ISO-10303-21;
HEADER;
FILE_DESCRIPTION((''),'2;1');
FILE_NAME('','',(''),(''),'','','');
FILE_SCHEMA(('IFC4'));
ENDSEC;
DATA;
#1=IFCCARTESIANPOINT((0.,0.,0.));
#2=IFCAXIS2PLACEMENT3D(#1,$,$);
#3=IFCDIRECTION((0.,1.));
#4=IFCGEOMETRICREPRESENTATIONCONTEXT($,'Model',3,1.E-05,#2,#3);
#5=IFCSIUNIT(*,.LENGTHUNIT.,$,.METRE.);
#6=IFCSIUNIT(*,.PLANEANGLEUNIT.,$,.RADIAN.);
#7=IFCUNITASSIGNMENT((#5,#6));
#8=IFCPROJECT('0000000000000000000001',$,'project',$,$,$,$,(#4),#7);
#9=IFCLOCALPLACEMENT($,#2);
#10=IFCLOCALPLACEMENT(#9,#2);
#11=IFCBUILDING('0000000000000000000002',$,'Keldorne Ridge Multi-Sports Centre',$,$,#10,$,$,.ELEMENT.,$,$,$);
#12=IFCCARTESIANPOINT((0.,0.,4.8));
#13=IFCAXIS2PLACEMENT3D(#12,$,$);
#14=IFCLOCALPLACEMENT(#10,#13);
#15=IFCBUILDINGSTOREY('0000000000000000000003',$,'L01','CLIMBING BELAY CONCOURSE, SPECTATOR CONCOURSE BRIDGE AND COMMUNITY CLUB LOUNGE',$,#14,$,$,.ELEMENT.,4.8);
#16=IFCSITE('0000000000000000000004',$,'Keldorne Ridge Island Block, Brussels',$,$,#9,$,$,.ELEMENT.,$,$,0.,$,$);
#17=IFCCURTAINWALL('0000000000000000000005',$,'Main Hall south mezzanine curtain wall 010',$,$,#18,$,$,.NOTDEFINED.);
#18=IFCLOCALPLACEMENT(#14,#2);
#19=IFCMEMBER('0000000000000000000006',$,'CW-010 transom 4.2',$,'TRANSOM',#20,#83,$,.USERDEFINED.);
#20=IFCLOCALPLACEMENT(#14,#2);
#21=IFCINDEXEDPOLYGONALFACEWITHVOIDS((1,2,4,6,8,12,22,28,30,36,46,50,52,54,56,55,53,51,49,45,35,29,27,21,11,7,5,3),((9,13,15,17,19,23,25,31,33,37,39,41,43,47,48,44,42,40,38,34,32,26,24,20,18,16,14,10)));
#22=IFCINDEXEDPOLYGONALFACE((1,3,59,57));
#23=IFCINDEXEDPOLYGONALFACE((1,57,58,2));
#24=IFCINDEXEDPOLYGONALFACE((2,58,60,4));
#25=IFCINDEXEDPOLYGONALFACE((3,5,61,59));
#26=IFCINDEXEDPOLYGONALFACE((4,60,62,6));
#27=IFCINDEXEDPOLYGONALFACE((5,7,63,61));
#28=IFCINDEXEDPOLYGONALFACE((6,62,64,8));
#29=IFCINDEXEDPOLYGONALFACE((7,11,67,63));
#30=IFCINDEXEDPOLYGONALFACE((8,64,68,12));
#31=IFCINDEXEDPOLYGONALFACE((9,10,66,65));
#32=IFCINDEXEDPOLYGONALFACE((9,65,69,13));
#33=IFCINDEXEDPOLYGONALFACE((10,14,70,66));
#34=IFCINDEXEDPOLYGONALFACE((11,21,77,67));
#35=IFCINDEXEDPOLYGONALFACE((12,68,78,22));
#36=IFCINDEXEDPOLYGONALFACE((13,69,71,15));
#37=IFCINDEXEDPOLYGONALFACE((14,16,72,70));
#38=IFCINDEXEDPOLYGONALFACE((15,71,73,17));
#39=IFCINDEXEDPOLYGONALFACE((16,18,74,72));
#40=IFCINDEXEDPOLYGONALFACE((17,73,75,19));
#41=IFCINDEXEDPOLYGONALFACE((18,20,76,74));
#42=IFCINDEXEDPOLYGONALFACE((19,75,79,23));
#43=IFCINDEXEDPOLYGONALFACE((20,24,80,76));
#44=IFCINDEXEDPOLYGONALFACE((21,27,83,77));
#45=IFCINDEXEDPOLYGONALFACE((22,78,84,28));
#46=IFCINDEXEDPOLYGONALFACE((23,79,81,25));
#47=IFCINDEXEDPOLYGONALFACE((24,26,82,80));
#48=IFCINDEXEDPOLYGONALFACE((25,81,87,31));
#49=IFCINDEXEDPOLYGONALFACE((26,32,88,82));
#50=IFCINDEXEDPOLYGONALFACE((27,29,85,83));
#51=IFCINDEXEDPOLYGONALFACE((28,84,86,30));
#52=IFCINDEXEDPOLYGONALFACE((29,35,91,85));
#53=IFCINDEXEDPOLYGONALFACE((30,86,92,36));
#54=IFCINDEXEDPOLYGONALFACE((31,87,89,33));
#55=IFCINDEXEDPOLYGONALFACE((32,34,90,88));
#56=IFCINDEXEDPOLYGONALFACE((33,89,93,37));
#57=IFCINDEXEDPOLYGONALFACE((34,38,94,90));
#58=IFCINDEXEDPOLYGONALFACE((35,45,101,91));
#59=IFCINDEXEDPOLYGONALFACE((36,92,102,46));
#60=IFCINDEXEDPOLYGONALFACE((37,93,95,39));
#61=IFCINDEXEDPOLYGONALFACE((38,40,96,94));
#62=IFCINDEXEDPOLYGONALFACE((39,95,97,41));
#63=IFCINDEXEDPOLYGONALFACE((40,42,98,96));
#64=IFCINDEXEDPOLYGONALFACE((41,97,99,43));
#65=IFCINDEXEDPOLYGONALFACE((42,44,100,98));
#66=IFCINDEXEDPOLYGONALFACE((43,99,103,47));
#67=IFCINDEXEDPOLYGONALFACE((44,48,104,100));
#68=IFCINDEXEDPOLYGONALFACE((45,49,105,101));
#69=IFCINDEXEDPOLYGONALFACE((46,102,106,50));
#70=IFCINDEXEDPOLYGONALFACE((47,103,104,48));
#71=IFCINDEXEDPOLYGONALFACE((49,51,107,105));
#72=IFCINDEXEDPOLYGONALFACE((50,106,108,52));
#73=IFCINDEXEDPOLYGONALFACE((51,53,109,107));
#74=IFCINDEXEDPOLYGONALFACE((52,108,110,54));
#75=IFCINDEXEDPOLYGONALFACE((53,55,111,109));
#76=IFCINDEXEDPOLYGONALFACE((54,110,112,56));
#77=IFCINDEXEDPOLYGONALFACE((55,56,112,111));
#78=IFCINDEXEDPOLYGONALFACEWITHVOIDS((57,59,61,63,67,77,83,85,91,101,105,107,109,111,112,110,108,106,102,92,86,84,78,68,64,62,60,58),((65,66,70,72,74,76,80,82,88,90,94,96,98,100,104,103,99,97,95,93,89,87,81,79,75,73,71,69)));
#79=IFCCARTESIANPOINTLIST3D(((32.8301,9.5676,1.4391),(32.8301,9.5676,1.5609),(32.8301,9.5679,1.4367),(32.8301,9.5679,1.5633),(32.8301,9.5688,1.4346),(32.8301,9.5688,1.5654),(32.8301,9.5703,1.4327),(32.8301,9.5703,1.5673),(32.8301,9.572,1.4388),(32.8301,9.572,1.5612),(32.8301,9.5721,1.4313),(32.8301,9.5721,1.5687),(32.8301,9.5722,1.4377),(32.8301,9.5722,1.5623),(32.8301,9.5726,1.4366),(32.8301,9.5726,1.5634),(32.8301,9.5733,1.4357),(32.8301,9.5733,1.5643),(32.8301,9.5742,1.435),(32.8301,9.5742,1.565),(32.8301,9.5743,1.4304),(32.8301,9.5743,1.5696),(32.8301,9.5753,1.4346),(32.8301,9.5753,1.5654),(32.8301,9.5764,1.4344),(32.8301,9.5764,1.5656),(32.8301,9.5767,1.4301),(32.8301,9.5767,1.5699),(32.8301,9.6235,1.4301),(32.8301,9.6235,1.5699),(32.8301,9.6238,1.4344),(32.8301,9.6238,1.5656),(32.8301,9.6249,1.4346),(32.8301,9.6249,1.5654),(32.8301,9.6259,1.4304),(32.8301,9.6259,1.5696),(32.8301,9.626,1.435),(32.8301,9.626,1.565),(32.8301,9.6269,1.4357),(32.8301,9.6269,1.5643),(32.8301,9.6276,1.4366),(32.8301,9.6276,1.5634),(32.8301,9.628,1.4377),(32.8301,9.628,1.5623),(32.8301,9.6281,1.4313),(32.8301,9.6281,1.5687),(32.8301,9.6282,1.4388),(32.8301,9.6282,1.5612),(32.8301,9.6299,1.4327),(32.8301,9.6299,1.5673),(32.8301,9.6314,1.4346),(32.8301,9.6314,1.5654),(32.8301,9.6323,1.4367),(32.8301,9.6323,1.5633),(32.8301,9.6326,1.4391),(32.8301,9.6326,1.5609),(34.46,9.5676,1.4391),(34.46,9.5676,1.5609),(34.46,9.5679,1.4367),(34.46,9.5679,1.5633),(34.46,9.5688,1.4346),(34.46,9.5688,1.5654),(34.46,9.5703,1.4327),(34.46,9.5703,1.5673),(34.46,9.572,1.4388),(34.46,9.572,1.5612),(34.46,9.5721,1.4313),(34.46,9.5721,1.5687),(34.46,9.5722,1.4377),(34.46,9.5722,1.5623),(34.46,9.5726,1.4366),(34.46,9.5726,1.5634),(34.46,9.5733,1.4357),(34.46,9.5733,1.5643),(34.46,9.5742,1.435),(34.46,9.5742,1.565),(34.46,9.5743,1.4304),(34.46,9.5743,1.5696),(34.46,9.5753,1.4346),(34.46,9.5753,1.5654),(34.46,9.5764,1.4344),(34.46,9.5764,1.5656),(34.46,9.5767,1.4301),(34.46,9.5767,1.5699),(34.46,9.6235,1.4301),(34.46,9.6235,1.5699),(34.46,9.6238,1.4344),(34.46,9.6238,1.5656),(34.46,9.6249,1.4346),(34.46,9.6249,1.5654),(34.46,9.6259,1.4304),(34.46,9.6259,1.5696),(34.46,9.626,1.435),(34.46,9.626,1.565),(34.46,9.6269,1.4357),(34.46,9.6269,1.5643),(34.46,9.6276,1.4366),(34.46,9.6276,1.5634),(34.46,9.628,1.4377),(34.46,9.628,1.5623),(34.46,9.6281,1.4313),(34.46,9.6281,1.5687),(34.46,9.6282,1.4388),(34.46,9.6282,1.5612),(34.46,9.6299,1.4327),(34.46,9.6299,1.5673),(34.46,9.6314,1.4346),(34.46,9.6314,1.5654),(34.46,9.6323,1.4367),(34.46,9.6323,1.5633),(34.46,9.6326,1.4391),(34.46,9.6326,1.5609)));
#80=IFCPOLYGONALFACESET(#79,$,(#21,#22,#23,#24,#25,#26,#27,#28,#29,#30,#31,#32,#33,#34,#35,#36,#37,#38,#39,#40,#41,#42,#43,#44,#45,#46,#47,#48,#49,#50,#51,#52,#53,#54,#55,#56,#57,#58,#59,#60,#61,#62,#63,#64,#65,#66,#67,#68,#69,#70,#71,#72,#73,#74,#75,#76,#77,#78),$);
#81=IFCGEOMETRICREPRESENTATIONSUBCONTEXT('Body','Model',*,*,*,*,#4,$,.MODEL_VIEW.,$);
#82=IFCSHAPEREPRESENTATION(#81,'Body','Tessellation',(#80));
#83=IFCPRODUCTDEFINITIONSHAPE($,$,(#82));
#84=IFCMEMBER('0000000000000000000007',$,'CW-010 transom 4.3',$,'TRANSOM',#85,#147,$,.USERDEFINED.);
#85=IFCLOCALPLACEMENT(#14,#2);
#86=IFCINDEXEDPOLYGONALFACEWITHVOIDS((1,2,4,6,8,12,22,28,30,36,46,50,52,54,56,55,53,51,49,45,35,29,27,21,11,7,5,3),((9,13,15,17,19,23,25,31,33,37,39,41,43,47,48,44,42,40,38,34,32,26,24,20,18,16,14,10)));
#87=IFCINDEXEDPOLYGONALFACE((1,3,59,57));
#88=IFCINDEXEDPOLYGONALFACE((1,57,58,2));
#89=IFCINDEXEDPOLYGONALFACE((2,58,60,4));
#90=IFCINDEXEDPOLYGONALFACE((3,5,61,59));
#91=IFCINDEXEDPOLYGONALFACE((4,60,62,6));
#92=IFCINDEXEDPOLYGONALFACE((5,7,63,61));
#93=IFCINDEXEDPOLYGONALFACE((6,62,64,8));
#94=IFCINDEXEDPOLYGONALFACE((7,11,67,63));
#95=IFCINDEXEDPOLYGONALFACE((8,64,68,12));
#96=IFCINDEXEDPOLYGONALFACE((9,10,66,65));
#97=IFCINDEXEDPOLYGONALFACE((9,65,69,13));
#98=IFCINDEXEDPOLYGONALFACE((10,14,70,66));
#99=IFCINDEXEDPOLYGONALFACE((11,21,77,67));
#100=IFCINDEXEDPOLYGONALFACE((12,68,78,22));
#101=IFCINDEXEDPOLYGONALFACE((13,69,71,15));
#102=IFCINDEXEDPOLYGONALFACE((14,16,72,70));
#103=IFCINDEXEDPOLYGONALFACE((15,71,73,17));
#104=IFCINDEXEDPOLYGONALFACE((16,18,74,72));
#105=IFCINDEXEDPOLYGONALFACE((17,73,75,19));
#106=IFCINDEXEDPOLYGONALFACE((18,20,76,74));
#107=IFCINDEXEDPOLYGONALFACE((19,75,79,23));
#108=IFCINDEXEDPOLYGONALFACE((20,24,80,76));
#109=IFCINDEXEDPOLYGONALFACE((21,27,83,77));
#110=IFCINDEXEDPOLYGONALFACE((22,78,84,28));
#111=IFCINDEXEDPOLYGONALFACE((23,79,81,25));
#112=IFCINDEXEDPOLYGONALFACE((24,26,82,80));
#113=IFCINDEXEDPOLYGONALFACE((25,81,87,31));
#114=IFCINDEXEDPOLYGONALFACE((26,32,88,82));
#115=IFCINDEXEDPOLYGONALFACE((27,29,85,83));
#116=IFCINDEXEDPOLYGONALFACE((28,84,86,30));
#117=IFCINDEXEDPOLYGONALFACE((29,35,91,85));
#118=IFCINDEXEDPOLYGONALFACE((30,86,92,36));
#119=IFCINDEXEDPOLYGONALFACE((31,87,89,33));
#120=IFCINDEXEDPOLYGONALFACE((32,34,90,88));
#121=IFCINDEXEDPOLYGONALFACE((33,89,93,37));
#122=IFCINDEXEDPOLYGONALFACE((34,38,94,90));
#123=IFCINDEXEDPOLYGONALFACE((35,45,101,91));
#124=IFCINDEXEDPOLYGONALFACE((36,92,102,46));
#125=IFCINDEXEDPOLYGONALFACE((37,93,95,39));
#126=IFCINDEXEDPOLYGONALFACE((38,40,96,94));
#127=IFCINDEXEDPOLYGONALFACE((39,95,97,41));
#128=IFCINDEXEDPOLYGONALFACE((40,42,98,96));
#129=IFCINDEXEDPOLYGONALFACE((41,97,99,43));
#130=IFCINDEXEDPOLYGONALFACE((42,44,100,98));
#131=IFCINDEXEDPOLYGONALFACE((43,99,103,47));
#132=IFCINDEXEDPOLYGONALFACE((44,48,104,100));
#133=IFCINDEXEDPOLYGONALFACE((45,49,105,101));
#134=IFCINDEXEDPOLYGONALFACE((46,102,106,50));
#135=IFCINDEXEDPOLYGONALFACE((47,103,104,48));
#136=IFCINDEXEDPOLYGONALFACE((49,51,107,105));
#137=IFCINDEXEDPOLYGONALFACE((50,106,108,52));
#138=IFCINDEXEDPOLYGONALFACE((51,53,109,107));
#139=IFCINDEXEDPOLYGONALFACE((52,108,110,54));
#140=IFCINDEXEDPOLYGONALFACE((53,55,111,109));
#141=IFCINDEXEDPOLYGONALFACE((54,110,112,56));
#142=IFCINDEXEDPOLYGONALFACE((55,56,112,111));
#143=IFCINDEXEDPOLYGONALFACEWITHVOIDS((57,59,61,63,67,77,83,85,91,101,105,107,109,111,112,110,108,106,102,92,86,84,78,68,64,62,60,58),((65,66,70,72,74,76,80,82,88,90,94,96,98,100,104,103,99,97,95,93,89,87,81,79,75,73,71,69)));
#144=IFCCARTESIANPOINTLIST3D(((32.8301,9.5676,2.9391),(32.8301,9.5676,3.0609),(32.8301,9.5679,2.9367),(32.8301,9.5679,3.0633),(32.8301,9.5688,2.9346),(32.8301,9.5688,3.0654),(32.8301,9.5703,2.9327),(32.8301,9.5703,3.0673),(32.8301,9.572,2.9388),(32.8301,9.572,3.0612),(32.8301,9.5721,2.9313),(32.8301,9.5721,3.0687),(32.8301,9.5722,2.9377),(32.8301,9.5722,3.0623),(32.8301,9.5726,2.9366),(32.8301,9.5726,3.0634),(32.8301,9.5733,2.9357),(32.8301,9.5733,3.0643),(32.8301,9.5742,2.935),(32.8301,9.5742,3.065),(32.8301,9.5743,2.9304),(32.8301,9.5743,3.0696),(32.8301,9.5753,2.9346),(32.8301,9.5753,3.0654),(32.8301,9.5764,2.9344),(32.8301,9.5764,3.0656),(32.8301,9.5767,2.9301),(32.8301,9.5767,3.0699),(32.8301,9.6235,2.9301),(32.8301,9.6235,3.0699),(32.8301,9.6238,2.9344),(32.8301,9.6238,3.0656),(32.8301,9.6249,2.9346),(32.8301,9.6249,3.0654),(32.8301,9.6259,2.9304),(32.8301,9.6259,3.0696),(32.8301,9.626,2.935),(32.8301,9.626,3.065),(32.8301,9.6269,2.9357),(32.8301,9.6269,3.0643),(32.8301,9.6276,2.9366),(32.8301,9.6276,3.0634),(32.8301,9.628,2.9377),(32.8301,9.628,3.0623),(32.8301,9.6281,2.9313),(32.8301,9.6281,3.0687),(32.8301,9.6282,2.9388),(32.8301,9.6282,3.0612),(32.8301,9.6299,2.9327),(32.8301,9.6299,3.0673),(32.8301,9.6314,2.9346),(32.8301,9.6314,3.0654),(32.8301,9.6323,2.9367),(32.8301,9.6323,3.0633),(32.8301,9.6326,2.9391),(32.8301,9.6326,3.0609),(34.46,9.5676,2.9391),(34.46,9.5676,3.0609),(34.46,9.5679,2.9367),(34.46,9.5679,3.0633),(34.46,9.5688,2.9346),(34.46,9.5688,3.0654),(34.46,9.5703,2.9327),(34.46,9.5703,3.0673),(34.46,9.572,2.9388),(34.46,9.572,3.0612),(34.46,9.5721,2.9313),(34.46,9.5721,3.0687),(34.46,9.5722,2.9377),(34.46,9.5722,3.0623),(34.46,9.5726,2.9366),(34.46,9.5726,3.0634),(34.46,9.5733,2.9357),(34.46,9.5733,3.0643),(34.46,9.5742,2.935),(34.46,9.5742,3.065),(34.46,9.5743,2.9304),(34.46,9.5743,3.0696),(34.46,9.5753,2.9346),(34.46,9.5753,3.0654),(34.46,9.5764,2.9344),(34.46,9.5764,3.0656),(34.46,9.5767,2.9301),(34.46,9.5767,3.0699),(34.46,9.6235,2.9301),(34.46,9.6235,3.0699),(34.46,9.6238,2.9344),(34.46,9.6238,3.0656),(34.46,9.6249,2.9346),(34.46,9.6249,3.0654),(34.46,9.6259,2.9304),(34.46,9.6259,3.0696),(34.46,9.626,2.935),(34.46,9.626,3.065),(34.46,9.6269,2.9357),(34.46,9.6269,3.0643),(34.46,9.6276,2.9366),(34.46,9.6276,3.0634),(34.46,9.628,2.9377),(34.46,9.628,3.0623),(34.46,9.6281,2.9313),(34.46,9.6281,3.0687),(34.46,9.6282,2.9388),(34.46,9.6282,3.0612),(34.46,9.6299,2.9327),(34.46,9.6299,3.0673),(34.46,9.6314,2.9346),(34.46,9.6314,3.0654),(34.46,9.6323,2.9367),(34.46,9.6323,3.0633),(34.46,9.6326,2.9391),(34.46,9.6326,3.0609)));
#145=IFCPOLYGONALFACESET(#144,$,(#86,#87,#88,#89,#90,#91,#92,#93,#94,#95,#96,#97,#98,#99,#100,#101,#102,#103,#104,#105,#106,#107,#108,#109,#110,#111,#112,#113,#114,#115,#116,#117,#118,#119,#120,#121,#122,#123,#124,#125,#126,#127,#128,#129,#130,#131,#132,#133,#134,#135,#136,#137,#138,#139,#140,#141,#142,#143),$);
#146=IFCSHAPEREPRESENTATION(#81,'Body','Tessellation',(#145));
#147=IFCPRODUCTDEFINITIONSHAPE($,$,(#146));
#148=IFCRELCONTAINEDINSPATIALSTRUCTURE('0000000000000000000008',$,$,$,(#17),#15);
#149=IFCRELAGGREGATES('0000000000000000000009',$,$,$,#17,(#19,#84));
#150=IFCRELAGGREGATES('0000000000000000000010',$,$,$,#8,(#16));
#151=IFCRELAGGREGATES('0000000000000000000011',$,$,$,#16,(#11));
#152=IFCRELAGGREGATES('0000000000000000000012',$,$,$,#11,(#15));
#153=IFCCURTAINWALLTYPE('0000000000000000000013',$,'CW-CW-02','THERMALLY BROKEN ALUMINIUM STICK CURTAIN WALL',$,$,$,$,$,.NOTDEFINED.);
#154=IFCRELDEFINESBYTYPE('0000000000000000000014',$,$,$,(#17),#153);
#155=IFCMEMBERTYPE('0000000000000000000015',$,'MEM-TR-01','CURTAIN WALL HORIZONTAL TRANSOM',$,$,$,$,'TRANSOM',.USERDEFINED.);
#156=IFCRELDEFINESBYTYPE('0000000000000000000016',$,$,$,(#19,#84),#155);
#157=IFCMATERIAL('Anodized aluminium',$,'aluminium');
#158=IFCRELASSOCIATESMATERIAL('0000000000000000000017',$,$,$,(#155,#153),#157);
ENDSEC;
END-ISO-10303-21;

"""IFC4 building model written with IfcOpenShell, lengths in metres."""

from ifc_helpers import new_model, si_unit, direction, frame, origin, origin_2d, place, context, subcontext, project, spatial, hollow_rectangle, extrude, material, material_profile, profile_set, type_object, element, aggregate, save


model = new_model("IFC4")

# Units and contexts
model_context = context("Model", 3, precision=1e-05, world=origin(), true_north=direction((0.0, 1.0)))
body_context = subcontext(model_context, "Body", "Model", "MODEL_VIEW")
ifc_project = project(units=[si_unit("LENGTHUNIT", "METRE"), si_unit("PLANEANGLEUNIT", "RADIAN")], contexts=[model_context])

# Site, building, storey
site_placement = place(None, origin())
site = spatial("IfcSite", under=ifc_project, at=site_placement, Name="Keldorne Ridge Island Block, Brussels", CompositionType="ELEMENT", RefElevation=0.0)
building_placement = place(site_placement, origin())
building = spatial("IfcBuilding", under=site, at=building_placement, Name="Keldorne Ridge Multi-Sports Centre", CompositionType="ELEMENT")
storey_placement = place(building_placement, frame((0.0, 0.0, 4.8)))
storey = spatial("IfcBuildingStorey", under=building, at=storey_placement, Name="L01", Description="CLIMBING BELAY CONCOURSE, SPECTATOR CONCOURSE BRIDGE AND COMMUNITY CLUB LOUNGE", CompositionType="ELEMENT", Elevation=4.8)

# Curtain wall, members
ifc_material_1 = material(Name="Anodized aluminium", Category="aluminium")
ifc_material_profile_1 = material_profile(ifc_material_1, hollow_rectangle(XDim=0.0649, YDim=0.1399, WallThickness=0.0044, InnerFilletRadius=0.0044, OuterFilletRadius=0.009, at=origin_2d()), Name="ALU TRANSOM 140x65x4.5")
ifc_profile_set_1 = profile_set([ifc_material_profile_1], Name="Anodized aluminium")
member_type = type_object("IfcMemberType", Name="MEM-TR-01", Description="CURTAIN WALL HORIZONTAL TRANSOM", ElementType="TRANSOM", PredefinedType="USERDEFINED", material=ifc_profile_set_1)
curtain_wall_type_1 = type_object("IfcCurtainWallType", Name="CW-CW-02", Description="THERMALLY BROKEN ALUMINIUM STICK CURTAIN WALL", PredefinedType="NOTDEFINED", material=ifc_material_1)
curtain_wall_1_placement = place(storey_placement, origin())
curtain_wall_1 = element("IfcCurtainWall", 1, at=curtain_wall_1_placement, inside=storey, type_object=curtain_wall_type_1, Name="Main Hall south mezzanine curtain wall 010", PredefinedType="NOTDEFINED")
member_1_placement = place(storey_placement, frame((32.8301, 9.6001, 1.5), z_axis=(1.0, 0.0, 0.0), x_axis=(0.0, 1.0, 0.0)))
member_1 = element("IfcMember", 2, at=member_1_placement, type_object=member_type, Name="CW-010 transom 4.2", ObjectType="TRANSOM", PredefinedType="USERDEFINED", context=body_context, shape_type="SweptSolid", body=[
    extrude(hollow_rectangle(XDim=0.0649, YDim=0.1399, WallThickness=0.0044, InnerFilletRadius=0.0044, OuterFilletRadius=0.009, at=origin_2d()), origin(), (0.0, 0.0, 1.0), 1.6299),
])
member_2_placement = place(storey_placement, frame((32.8301, 9.6001, 3.0), z_axis=(1.0, 0.0, 0.0), x_axis=(0.0, 1.0, 0.0)))
member_2 = element("IfcMember", 3, at=member_2_placement, type_object=member_type, Name="CW-010 transom 4.3", ObjectType="TRANSOM", PredefinedType="USERDEFINED", context=body_context, shape_type="SweptSolid", body=[
    extrude(hollow_rectangle(XDim=0.0649, YDim=0.1399, WallThickness=0.0044, InnerFilletRadius=0.0044, OuterFilletRadius=0.009, at=origin_2d()), origin(), (0.0, 0.0, 1.0), 1.6299),
])

aggregate(curtain_wall_1, [member_1, member_2])

save(model, "model.ifc")
